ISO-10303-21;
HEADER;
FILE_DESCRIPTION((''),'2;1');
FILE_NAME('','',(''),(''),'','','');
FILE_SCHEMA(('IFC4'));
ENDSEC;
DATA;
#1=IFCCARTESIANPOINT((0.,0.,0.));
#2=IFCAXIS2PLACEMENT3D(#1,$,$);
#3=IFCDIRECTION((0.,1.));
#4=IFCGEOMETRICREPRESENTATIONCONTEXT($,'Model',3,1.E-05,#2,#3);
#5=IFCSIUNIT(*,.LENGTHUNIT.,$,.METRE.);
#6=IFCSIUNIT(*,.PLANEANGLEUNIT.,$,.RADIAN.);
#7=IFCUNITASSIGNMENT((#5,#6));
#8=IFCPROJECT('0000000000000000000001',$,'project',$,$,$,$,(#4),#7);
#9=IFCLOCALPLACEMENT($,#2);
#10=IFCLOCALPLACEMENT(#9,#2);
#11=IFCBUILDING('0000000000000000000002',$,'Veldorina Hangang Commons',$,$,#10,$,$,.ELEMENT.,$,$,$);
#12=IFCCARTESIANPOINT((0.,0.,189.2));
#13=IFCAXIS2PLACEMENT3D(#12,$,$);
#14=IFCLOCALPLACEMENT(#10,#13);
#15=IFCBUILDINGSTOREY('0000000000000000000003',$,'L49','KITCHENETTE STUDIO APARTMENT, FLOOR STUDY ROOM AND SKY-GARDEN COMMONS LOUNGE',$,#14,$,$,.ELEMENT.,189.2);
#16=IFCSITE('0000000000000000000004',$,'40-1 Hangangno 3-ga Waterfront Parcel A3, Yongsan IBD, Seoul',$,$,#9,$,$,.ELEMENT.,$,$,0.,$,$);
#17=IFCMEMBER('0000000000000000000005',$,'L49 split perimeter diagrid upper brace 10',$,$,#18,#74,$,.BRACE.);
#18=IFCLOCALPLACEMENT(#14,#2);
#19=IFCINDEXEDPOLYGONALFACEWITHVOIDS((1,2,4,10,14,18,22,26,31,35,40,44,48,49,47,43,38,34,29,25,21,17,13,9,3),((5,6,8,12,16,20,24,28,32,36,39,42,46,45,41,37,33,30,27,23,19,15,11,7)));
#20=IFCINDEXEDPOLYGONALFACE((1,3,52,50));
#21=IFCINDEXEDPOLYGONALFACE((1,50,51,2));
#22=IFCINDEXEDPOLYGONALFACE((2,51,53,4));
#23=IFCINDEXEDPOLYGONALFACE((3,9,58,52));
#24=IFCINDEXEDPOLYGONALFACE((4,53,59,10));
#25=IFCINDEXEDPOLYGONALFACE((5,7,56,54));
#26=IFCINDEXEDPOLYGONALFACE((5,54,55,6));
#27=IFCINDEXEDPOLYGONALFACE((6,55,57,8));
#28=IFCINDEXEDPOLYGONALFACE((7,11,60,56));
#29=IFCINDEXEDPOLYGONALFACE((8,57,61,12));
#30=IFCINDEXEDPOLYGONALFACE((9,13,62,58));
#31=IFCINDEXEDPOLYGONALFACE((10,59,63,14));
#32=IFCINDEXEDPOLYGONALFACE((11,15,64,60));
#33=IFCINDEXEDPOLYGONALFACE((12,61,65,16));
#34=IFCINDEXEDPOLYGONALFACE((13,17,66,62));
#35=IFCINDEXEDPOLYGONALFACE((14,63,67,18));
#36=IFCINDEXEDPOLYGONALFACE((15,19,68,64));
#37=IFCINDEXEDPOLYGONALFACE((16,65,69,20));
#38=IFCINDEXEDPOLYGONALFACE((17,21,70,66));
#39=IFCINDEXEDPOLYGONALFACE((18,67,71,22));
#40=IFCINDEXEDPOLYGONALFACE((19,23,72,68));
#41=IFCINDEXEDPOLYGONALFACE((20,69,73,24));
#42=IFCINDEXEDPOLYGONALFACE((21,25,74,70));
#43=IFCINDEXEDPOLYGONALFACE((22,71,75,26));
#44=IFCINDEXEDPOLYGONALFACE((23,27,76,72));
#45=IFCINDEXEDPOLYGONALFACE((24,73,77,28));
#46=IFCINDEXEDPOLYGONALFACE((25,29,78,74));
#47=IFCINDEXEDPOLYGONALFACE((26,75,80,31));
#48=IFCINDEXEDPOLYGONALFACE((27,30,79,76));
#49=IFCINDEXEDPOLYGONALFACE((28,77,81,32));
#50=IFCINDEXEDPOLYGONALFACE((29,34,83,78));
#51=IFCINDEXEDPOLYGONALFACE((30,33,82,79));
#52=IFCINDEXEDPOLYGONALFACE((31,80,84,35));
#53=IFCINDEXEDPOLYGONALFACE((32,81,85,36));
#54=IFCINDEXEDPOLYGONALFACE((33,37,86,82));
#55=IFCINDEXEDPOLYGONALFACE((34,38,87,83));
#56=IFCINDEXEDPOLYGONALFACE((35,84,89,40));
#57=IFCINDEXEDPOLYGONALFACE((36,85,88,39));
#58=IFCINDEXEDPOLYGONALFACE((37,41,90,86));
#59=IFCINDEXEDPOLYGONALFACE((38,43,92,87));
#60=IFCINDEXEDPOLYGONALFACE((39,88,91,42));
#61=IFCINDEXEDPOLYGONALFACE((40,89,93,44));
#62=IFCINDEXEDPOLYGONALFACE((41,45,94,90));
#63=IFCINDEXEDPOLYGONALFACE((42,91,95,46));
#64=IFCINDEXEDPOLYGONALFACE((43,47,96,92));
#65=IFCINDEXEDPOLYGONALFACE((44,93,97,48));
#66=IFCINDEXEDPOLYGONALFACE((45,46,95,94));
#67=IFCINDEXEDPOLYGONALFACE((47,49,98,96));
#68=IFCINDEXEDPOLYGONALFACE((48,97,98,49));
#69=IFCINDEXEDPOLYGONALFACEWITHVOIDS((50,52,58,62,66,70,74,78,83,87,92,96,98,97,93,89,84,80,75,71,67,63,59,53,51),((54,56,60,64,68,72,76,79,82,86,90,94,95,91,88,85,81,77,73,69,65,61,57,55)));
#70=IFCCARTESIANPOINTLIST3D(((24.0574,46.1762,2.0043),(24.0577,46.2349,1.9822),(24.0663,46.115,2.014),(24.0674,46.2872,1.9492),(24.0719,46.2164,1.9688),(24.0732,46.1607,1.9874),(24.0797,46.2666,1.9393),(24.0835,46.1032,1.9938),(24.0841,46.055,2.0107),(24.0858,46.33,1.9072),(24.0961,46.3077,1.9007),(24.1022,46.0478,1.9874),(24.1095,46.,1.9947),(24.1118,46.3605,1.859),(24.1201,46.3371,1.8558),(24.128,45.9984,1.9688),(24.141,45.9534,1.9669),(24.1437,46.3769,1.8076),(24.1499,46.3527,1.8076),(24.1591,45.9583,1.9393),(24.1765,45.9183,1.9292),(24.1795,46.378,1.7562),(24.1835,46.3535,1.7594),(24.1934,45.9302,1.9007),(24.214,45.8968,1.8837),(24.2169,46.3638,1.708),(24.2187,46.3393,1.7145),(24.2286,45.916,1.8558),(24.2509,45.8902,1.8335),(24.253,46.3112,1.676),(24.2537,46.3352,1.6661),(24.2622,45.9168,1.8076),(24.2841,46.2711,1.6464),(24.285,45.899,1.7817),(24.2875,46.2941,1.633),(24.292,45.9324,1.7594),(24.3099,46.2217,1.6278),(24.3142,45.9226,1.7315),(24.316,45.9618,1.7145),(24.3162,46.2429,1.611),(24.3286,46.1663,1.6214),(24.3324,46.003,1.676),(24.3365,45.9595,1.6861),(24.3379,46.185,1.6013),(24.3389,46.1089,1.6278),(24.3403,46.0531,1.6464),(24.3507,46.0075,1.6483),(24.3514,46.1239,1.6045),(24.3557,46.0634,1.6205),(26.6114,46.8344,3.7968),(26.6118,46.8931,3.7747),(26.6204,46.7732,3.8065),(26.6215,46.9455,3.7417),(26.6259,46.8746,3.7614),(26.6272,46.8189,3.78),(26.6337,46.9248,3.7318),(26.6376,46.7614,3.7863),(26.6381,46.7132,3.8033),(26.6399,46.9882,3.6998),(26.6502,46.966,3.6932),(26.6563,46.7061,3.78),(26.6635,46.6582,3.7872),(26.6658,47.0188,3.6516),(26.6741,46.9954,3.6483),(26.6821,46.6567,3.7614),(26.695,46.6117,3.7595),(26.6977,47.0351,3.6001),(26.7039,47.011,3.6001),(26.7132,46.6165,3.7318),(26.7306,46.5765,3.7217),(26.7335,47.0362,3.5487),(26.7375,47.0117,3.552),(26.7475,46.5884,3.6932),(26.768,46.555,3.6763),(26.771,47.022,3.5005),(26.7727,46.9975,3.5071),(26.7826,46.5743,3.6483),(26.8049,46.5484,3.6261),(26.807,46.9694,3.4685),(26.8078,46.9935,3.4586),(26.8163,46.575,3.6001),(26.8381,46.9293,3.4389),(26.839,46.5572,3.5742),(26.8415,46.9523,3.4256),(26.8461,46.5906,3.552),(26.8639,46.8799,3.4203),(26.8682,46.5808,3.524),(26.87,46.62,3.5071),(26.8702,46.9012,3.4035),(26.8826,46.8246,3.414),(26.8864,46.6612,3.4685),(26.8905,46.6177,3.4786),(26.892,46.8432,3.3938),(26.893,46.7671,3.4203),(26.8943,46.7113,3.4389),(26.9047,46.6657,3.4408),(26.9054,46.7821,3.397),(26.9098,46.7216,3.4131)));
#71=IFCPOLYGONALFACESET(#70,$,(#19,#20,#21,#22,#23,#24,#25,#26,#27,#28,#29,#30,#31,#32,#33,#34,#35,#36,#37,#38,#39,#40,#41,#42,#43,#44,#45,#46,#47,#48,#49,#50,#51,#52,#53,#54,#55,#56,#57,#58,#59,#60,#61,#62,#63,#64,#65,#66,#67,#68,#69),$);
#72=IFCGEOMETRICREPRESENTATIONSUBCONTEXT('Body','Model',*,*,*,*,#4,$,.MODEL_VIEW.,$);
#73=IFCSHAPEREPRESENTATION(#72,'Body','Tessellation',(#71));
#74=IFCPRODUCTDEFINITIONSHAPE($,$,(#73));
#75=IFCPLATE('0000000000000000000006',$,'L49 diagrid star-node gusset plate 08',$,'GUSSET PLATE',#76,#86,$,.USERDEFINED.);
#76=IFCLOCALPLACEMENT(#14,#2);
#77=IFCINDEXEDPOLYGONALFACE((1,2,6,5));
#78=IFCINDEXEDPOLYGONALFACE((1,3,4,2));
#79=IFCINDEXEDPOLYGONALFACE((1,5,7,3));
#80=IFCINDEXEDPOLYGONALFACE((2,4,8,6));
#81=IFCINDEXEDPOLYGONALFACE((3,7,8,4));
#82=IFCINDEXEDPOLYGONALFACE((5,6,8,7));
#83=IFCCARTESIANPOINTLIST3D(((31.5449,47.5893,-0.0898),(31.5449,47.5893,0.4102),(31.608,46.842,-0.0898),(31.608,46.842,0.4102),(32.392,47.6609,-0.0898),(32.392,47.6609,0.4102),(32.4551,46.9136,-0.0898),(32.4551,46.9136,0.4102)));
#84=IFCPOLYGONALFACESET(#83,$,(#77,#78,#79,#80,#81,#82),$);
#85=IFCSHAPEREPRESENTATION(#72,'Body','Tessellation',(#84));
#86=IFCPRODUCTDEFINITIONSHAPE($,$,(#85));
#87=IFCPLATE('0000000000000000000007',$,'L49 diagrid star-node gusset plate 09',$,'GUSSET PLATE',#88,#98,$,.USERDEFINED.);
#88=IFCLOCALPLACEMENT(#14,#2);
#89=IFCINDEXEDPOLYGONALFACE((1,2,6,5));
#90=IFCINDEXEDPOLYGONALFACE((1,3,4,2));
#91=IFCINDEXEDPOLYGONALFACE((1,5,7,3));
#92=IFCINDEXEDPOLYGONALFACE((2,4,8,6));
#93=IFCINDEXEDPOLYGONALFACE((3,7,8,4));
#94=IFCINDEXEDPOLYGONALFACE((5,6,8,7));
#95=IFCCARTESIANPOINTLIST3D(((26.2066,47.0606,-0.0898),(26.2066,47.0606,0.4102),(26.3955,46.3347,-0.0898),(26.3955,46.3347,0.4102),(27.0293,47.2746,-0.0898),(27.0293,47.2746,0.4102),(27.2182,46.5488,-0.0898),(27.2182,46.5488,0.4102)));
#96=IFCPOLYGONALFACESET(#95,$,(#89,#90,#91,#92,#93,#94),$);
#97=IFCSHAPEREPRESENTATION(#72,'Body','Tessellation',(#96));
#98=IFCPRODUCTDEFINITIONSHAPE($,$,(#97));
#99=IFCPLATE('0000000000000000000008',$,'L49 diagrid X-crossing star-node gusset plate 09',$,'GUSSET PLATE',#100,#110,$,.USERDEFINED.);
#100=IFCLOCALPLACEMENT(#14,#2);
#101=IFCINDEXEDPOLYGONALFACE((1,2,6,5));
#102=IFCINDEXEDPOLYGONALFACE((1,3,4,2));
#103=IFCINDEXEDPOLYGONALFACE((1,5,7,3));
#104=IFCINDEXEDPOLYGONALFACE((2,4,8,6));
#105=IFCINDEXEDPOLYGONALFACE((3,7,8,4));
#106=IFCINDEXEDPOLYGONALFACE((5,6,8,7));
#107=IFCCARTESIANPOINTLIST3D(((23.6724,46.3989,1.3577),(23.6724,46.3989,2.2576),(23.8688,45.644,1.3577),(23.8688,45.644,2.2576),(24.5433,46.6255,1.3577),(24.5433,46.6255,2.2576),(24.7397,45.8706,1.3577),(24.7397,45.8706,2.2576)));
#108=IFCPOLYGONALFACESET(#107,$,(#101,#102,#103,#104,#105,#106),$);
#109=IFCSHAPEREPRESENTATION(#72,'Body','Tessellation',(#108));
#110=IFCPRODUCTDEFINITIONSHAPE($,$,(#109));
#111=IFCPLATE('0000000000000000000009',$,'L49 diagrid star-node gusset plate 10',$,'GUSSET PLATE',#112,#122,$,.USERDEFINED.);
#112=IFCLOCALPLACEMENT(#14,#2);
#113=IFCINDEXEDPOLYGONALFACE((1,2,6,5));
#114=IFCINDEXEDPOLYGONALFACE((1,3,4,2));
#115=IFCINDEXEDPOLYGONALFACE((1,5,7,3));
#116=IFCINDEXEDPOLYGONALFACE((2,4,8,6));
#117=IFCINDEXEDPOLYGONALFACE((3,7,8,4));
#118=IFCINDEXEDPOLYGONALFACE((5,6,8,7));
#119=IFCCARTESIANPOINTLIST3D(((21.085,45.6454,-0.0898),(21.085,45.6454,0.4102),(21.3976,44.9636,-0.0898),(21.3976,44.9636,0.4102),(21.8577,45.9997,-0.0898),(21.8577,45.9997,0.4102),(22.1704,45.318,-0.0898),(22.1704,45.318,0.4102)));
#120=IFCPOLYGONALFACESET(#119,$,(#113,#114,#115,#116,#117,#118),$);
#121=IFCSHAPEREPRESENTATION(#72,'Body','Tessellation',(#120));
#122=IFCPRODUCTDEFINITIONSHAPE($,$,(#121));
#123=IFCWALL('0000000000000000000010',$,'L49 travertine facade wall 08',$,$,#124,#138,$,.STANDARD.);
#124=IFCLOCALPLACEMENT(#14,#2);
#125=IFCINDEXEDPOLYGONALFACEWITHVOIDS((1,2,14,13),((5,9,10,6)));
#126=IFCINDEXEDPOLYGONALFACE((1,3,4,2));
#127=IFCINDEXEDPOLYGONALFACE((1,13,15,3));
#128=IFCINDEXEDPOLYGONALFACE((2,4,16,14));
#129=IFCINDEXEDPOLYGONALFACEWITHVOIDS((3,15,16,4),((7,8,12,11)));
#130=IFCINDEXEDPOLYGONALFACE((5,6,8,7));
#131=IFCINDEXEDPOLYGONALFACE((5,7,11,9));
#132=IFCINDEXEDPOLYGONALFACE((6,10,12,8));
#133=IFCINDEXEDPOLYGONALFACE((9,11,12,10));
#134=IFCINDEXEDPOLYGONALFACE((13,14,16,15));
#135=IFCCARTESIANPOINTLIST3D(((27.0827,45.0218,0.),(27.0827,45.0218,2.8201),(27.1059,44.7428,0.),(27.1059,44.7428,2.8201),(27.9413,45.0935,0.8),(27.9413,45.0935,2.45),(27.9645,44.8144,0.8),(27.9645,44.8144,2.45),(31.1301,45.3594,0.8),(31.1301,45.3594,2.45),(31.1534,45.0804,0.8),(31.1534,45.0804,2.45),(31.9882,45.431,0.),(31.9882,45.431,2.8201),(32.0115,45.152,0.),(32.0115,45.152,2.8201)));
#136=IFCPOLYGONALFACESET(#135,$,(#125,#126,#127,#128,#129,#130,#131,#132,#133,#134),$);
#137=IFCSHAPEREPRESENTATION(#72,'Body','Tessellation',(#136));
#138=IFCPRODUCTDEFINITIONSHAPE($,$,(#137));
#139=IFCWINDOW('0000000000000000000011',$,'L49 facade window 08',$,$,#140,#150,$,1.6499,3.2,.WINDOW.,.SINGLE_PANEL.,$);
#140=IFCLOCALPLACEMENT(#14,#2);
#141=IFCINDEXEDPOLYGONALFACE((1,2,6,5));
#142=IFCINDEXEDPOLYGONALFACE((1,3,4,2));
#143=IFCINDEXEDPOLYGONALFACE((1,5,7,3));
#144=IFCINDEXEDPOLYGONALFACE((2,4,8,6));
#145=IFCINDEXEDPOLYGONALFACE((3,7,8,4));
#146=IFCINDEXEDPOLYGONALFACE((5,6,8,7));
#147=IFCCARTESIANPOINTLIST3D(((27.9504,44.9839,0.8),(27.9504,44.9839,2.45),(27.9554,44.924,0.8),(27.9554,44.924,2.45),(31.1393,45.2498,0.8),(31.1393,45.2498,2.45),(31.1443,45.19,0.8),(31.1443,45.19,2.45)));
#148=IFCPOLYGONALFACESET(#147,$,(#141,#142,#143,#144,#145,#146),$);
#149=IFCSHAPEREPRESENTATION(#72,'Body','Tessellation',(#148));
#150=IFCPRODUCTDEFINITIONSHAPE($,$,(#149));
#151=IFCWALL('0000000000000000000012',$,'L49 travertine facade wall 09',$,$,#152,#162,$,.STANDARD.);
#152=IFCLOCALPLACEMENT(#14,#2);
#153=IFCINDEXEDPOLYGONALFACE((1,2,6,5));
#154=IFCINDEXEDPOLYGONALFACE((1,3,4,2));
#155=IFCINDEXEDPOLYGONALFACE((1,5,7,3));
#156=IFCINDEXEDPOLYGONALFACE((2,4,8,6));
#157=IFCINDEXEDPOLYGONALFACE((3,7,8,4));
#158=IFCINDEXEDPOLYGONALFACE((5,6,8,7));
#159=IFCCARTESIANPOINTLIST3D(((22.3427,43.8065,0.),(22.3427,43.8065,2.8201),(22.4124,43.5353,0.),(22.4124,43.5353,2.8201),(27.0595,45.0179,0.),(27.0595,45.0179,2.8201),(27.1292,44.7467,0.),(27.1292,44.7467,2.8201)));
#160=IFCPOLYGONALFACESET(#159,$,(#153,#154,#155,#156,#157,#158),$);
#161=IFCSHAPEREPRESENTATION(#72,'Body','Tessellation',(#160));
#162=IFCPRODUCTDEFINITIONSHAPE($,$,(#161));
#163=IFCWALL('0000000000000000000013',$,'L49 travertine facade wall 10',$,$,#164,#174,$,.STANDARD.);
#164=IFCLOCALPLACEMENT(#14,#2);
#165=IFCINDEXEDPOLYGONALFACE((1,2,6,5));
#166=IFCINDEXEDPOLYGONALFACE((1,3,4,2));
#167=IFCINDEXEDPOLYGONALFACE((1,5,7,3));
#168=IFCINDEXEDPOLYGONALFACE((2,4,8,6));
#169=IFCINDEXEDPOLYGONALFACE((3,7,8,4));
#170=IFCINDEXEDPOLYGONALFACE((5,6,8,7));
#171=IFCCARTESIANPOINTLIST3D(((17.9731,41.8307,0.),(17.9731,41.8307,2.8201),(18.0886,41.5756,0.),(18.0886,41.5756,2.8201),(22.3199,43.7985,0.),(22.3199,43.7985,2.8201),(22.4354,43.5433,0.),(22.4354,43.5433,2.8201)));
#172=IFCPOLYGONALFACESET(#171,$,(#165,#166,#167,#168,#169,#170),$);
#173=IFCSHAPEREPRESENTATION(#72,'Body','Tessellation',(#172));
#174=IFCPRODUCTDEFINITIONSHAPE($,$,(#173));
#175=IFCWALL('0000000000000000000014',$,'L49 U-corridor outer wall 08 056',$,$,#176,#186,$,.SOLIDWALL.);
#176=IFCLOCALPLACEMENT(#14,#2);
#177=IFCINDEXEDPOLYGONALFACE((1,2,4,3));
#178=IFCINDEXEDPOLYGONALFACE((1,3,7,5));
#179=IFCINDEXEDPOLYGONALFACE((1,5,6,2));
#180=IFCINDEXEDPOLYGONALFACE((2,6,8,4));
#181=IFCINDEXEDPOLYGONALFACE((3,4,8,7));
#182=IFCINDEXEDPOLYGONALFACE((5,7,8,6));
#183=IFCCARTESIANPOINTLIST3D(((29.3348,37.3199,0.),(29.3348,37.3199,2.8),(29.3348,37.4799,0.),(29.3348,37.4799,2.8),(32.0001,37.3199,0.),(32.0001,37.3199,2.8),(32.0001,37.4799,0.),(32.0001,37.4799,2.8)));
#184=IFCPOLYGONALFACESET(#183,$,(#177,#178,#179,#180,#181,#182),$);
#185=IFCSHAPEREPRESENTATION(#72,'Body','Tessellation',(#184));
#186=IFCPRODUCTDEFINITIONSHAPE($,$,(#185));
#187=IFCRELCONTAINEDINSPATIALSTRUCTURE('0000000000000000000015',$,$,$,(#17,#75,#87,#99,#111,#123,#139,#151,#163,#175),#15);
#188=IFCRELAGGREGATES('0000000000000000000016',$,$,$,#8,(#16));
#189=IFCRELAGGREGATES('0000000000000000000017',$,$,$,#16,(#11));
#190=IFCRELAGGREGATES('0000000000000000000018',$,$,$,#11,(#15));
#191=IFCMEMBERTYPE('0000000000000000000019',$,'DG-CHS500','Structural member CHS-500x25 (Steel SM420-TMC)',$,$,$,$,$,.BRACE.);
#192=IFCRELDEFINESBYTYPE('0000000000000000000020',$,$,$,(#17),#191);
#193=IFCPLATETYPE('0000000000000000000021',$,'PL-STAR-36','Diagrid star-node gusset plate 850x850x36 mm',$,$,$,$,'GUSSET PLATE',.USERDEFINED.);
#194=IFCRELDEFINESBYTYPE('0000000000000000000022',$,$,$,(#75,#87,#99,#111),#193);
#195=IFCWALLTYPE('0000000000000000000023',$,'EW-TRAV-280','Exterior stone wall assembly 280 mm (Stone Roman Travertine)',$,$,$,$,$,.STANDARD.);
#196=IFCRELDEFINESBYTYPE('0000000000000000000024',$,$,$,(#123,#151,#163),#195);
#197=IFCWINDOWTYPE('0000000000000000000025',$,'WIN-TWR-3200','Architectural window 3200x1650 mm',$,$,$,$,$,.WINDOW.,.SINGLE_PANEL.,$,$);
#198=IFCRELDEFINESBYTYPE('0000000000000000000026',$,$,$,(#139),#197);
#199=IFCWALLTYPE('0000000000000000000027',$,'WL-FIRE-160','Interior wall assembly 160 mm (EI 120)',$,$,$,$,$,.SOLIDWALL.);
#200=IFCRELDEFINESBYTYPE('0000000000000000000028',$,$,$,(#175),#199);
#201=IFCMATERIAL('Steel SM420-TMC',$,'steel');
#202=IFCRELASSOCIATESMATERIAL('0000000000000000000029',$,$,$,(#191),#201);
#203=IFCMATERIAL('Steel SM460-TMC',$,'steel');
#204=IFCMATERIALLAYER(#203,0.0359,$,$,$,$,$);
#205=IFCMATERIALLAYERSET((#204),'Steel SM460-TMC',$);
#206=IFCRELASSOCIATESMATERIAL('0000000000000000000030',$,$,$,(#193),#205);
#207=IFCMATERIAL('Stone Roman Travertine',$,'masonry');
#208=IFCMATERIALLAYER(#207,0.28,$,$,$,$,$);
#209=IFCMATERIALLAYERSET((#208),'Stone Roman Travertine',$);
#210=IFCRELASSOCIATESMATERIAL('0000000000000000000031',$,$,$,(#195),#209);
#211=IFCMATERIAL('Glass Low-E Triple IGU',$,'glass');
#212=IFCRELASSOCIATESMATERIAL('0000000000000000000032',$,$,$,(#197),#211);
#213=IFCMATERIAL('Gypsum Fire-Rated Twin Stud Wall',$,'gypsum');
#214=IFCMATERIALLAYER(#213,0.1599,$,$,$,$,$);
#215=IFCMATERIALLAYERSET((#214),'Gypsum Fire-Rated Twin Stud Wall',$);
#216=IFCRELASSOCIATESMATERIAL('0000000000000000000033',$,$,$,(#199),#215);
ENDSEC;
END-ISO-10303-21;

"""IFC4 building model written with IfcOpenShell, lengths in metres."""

from ifc_helpers import new_model, si_unit, direction, frame, frame_2d, origin, origin_2d, place, context, subcontext, project, spatial, rectangle, hollow_circle, extrude, material, layer, layer_set, material_profile, profile_set, type_object, element, fill, save


model = new_model("IFC4")

# Units and contexts
model_context = context("Model", 3, precision=1e-05, world=origin(), true_north=direction((0.0, 1.0)))
body_context = subcontext(model_context, "Body", "Model", "MODEL_VIEW")
ifc_project = project(units=[si_unit("LENGTHUNIT", "METRE"), si_unit("PLANEANGLEUNIT", "RADIAN")], contexts=[model_context])

# Site, building, storey
site_placement = place(None, origin())
site = spatial("IfcSite", under=ifc_project, at=site_placement, Name="40-1 Hangangno 3-ga Waterfront Parcel A3, Yongsan IBD, Seoul", CompositionType="ELEMENT", RefElevation=0.0)
building_placement = place(site_placement, origin())
building = spatial("IfcBuilding", under=site, at=building_placement, Name="Veldorina Hangang Commons", CompositionType="ELEMENT")
storey_placement = place(building_placement, frame((0.0, 0.0, 189.2)))
storey = spatial("IfcBuildingStorey", under=building, at=storey_placement, Name="L49", Description="KITCHENETTE STUDIO APARTMENT, FLOOR STUDY ROOM AND SKY-GARDEN COMMONS LOUNGE", CompositionType="ELEMENT", Elevation=189.2)

# Shared definitions
ifc_material_1 = material(Name="Steel SM420-TMC", Category="steel")

# Member
ifc_material_profile_1 = material_profile(ifc_material_1, hollow_circle(Radius=0.25, WallThickness=0.0249, at=origin_2d()), Name="CHS-500x25")
ifc_profile_set_1 = profile_set([ifc_material_profile_1], Name="Steel SM420-TMC")
member_type = type_object("IfcMemberType", Name="DG-CHS500", Description="Structural member CHS-500x25 (Steel SM420-TMC)", PredefinedType="BRACE", material=ifc_profile_set_1)
member_1_placement = place(storey_placement, frame((24.2061, 46.1348, 1.8076), z_axis=(0.800896, 0.206406, 0.562105), x_axis=(-0.249564, 0.968358, 0.0)))
element("IfcMember", 1, at=member_1_placement, inside=storey, type_object=member_type, Name="L49 split perimeter diagrid upper brace 10", PredefinedType="BRACE", context=body_context, shape_type="SweptSolid", body=[
    extrude(hollow_circle(Radius=0.25, WallThickness=0.0249, at=origin_2d()), origin(), (0.0, 0.0, 1.0), 3.189),
])

# Plates
ifc_material_2 = material(Name="Steel SM460-TMC", Category="steel")
ifc_layer_1 = layer(ifc_material_2, 0.0359)
ifc_layer_set_1 = layer_set([ifc_layer_1], Name="Steel SM460-TMC")
plate_type = type_object("IfcPlateType", Name="PL-STAR-36", Description="Diagrid star-node gusset plate 850x850x36 mm", ElementType="GUSSET PLATE", PredefinedType="USERDEFINED", material=ifc_layer_set_1)
for number, where, z_axis, x_axis, name in (
    (2, (32.0, 47.2515, -0.0898), (0.0, 0.0, 1.0), (-0.996449, -0.0842, 0.0), "L49 diagrid star-node gusset plate 08"),
    (3, (26.7124, 46.8047, -0.0898), (0.0, 0.0, 1.0), (-0.967771, -0.251833, 0.0), "L49 diagrid star-node gusset plate 09"),
):
    element("IfcPlate", number, at=place(storey_placement, frame(where, z_axis=z_axis, x_axis=x_axis)), inside=storey, type_object=plate_type, Name=name, ObjectType="GUSSET PLATE", PredefinedType="USERDEFINED", context=body_context, shape_type="SweptSolid", body=[
        extrude(rectangle(XDim=0.8501, YDim=0.75, at=origin_2d()), origin(), (0.0, 0.0, 1.0), 0.5),
    ])
plate_1_placement = place(storey_placement, frame((24.2061, 46.1348, 1.3577), z_axis=(0.0, 0.0, 1.0), x_axis=(-0.967771, -0.251833, 0.0)))
element("IfcPlate", 4, at=plate_1_placement, inside=storey, type_object=plate_type, Name="L49 diagrid X-crossing star-node gusset plate 09", ObjectType="GUSSET PLATE", PredefinedType="USERDEFINED", context=body_context, shape_type="SweptSolid", body=[
    extrude(rectangle(XDim=0.8999, YDim=0.78, at=origin_2d()), origin(), (0.0, 0.0, 1.0), 0.8999),
])
plate_2_placement = place(storey_placement, frame((21.6277, 45.4817, -0.0898), z_axis=(0.0, 0.0, 1.0), x_axis=(-0.908989, -0.41682, 0.0)))
element("IfcPlate", 5, at=plate_2_placement, inside=storey, type_object=plate_type, Name="L49 diagrid star-node gusset plate 10", ObjectType="GUSSET PLATE", PredefinedType="USERDEFINED", context=body_context, shape_type="SweptSolid", body=[
    extrude(rectangle(XDim=0.8501, YDim=0.75, at=origin_2d()), origin(), (0.0, 0.0, 1.0), 0.5),
])

# Wall, opening, window
ifc_material_3 = material(Name="Stone Roman Travertine", Category="masonry")
ifc_layer_2 = layer(ifc_material_3, 0.28)
ifc_layer_set_2 = layer_set([ifc_layer_2], Name="Stone Roman Travertine")
wall_type_1 = type_object("IfcWallType", Name="EW-TRAV-280", Description="Exterior stone wall assembly 280 mm (Stone Roman Travertine)", PredefinedType="STANDARD", material=ifc_layer_set_2)
wall_1_placement = place(storey_placement, frame((32.0, 45.2915, 0.0), z_axis=(0.0, 0.0, 1.0), x_axis=(-0.996539, -0.083123, 0.0)))
wall_1 = element("IfcWall", 6, at=wall_1_placement, inside=storey, type_object=wall_type_1, Name="L49 travertine facade wall 08", PredefinedType="STANDARD", context=body_context, shape_type="SweptSolid", body=[
    extrude(rectangle(XDim=4.9226, YDim=0.28, at=frame_2d((2.4614, 0.0))), origin(), (0.0, 0.0, 1.0), 2.8201),
])
opening_1_placement = place(wall_1_placement, frame((0.8611, 0.0, 0.8)))
opening_1 = element("IfcOpeningElement", 7, at=opening_1_placement, cuts=wall_1, PredefinedType="OPENING", context=body_context, shape_type="SweptSolid", body=[
    extrude(rectangle(XDim=3.2, YDim=1.6499, at=frame_2d((1.6001, 0.825))), frame((0.0, 0.1499, 0.0), z_axis=(0.0, -1.0, 0.0), x_axis=(1.0, 0.0, 0.0)), (0.0, 0.0, 1.0), 0.3),
])
ifc_material_4 = material(Name="Glass Low-E Triple IGU", Category="glass")
window_type = type_object("IfcWindowType", Name="WIN-TWR-3200", Description="Architectural window 3200x1650 mm", PartitioningType="SINGLE_PANEL", PredefinedType="WINDOW", material=ifc_material_4)
window_placement = place(opening_1_placement, origin())
window = element("IfcWindow", 8, at=window_placement, inside=storey, type_object=window_type, Name="L49 facade window 08", OverallHeight=1.6499, OverallWidth=3.2, PartitioningType="SINGLE_PANEL", PredefinedType="WINDOW", context=body_context, shape_type="SweptSolid", body=[
    extrude(rectangle(XDim=3.2, YDim=1.6499, at=frame_2d((1.6001, 0.825))), frame((0.0, 0.03, 0.0), z_axis=(0.0, -1.0, 0.0), x_axis=(1.0, 0.0, 0.0)), (0.0, 0.0, 1.0), 0.0601),
])
fill(opening_1, window)

# Walls
wall_2_placement = place(storey_placement, frame((27.0945, 44.8823, 0.0), z_axis=(0.0, 0.0, 1.0), x_axis=(-0.968565, -0.248759, 0.0)))
element("IfcWall", 9, at=wall_2_placement, inside=storey, type_object=wall_type_1, Name="L49 travertine facade wall 09", PredefinedType="STANDARD", context=body_context, shape_type="SweptSolid", body=[
    extrude(rectangle(XDim=4.8699, YDim=0.28, at=frame_2d((2.4351, 0.0))), origin(), (0.0, 0.0, 1.0), 2.8201),
])
wall_3_placement = place(storey_placement, frame((22.3777, 43.6709, 0.0), z_axis=(0.0, 0.0, 1.0), x_axis=(-0.911005, -0.412395, 0.0)))
element("IfcWall", 10, at=wall_3_placement, inside=storey, type_object=wall_type_1, Name="L49 travertine facade wall 10", PredefinedType="STANDARD", context=body_context, shape_type="SweptSolid", body=[
    extrude(rectangle(XDim=4.7715, YDim=0.28, at=frame_2d((2.3857, 0.0))), origin(), (0.0, 0.0, 1.0), 2.8201),
])
ifc_material_5 = material(Name="Gypsum Fire-Rated Twin Stud Wall", Category="gypsum")
ifc_layer_3 = layer(ifc_material_5, 0.1599)
ifc_layer_set_3 = layer_set([ifc_layer_3], Name="Gypsum Fire-Rated Twin Stud Wall")
wall_type_2 = type_object("IfcWallType", Name="WL-FIRE-160", Description="Interior wall assembly 160 mm (EI 120)", PredefinedType="SOLIDWALL", material=ifc_layer_set_3)
wall_4_placement = place(storey_placement, frame((32.0, 37.3999, 0.0), z_axis=(0.0, 0.0, 1.0), x_axis=(-1.0, 0.0, 0.0)))
element("IfcWall", 11, at=wall_4_placement, inside=storey, type_object=wall_type_2, Name="L49 U-corridor outer wall 08 056", PredefinedType="SOLIDWALL", context=body_context, shape_type="SweptSolid", body=[
    extrude(rectangle(XDim=2.6653, YDim=0.1599, at=frame_2d((1.3325, 0.0))), origin(), (0.0, 0.0, 1.0), 2.8),
])

save(model, "model.ifc")
